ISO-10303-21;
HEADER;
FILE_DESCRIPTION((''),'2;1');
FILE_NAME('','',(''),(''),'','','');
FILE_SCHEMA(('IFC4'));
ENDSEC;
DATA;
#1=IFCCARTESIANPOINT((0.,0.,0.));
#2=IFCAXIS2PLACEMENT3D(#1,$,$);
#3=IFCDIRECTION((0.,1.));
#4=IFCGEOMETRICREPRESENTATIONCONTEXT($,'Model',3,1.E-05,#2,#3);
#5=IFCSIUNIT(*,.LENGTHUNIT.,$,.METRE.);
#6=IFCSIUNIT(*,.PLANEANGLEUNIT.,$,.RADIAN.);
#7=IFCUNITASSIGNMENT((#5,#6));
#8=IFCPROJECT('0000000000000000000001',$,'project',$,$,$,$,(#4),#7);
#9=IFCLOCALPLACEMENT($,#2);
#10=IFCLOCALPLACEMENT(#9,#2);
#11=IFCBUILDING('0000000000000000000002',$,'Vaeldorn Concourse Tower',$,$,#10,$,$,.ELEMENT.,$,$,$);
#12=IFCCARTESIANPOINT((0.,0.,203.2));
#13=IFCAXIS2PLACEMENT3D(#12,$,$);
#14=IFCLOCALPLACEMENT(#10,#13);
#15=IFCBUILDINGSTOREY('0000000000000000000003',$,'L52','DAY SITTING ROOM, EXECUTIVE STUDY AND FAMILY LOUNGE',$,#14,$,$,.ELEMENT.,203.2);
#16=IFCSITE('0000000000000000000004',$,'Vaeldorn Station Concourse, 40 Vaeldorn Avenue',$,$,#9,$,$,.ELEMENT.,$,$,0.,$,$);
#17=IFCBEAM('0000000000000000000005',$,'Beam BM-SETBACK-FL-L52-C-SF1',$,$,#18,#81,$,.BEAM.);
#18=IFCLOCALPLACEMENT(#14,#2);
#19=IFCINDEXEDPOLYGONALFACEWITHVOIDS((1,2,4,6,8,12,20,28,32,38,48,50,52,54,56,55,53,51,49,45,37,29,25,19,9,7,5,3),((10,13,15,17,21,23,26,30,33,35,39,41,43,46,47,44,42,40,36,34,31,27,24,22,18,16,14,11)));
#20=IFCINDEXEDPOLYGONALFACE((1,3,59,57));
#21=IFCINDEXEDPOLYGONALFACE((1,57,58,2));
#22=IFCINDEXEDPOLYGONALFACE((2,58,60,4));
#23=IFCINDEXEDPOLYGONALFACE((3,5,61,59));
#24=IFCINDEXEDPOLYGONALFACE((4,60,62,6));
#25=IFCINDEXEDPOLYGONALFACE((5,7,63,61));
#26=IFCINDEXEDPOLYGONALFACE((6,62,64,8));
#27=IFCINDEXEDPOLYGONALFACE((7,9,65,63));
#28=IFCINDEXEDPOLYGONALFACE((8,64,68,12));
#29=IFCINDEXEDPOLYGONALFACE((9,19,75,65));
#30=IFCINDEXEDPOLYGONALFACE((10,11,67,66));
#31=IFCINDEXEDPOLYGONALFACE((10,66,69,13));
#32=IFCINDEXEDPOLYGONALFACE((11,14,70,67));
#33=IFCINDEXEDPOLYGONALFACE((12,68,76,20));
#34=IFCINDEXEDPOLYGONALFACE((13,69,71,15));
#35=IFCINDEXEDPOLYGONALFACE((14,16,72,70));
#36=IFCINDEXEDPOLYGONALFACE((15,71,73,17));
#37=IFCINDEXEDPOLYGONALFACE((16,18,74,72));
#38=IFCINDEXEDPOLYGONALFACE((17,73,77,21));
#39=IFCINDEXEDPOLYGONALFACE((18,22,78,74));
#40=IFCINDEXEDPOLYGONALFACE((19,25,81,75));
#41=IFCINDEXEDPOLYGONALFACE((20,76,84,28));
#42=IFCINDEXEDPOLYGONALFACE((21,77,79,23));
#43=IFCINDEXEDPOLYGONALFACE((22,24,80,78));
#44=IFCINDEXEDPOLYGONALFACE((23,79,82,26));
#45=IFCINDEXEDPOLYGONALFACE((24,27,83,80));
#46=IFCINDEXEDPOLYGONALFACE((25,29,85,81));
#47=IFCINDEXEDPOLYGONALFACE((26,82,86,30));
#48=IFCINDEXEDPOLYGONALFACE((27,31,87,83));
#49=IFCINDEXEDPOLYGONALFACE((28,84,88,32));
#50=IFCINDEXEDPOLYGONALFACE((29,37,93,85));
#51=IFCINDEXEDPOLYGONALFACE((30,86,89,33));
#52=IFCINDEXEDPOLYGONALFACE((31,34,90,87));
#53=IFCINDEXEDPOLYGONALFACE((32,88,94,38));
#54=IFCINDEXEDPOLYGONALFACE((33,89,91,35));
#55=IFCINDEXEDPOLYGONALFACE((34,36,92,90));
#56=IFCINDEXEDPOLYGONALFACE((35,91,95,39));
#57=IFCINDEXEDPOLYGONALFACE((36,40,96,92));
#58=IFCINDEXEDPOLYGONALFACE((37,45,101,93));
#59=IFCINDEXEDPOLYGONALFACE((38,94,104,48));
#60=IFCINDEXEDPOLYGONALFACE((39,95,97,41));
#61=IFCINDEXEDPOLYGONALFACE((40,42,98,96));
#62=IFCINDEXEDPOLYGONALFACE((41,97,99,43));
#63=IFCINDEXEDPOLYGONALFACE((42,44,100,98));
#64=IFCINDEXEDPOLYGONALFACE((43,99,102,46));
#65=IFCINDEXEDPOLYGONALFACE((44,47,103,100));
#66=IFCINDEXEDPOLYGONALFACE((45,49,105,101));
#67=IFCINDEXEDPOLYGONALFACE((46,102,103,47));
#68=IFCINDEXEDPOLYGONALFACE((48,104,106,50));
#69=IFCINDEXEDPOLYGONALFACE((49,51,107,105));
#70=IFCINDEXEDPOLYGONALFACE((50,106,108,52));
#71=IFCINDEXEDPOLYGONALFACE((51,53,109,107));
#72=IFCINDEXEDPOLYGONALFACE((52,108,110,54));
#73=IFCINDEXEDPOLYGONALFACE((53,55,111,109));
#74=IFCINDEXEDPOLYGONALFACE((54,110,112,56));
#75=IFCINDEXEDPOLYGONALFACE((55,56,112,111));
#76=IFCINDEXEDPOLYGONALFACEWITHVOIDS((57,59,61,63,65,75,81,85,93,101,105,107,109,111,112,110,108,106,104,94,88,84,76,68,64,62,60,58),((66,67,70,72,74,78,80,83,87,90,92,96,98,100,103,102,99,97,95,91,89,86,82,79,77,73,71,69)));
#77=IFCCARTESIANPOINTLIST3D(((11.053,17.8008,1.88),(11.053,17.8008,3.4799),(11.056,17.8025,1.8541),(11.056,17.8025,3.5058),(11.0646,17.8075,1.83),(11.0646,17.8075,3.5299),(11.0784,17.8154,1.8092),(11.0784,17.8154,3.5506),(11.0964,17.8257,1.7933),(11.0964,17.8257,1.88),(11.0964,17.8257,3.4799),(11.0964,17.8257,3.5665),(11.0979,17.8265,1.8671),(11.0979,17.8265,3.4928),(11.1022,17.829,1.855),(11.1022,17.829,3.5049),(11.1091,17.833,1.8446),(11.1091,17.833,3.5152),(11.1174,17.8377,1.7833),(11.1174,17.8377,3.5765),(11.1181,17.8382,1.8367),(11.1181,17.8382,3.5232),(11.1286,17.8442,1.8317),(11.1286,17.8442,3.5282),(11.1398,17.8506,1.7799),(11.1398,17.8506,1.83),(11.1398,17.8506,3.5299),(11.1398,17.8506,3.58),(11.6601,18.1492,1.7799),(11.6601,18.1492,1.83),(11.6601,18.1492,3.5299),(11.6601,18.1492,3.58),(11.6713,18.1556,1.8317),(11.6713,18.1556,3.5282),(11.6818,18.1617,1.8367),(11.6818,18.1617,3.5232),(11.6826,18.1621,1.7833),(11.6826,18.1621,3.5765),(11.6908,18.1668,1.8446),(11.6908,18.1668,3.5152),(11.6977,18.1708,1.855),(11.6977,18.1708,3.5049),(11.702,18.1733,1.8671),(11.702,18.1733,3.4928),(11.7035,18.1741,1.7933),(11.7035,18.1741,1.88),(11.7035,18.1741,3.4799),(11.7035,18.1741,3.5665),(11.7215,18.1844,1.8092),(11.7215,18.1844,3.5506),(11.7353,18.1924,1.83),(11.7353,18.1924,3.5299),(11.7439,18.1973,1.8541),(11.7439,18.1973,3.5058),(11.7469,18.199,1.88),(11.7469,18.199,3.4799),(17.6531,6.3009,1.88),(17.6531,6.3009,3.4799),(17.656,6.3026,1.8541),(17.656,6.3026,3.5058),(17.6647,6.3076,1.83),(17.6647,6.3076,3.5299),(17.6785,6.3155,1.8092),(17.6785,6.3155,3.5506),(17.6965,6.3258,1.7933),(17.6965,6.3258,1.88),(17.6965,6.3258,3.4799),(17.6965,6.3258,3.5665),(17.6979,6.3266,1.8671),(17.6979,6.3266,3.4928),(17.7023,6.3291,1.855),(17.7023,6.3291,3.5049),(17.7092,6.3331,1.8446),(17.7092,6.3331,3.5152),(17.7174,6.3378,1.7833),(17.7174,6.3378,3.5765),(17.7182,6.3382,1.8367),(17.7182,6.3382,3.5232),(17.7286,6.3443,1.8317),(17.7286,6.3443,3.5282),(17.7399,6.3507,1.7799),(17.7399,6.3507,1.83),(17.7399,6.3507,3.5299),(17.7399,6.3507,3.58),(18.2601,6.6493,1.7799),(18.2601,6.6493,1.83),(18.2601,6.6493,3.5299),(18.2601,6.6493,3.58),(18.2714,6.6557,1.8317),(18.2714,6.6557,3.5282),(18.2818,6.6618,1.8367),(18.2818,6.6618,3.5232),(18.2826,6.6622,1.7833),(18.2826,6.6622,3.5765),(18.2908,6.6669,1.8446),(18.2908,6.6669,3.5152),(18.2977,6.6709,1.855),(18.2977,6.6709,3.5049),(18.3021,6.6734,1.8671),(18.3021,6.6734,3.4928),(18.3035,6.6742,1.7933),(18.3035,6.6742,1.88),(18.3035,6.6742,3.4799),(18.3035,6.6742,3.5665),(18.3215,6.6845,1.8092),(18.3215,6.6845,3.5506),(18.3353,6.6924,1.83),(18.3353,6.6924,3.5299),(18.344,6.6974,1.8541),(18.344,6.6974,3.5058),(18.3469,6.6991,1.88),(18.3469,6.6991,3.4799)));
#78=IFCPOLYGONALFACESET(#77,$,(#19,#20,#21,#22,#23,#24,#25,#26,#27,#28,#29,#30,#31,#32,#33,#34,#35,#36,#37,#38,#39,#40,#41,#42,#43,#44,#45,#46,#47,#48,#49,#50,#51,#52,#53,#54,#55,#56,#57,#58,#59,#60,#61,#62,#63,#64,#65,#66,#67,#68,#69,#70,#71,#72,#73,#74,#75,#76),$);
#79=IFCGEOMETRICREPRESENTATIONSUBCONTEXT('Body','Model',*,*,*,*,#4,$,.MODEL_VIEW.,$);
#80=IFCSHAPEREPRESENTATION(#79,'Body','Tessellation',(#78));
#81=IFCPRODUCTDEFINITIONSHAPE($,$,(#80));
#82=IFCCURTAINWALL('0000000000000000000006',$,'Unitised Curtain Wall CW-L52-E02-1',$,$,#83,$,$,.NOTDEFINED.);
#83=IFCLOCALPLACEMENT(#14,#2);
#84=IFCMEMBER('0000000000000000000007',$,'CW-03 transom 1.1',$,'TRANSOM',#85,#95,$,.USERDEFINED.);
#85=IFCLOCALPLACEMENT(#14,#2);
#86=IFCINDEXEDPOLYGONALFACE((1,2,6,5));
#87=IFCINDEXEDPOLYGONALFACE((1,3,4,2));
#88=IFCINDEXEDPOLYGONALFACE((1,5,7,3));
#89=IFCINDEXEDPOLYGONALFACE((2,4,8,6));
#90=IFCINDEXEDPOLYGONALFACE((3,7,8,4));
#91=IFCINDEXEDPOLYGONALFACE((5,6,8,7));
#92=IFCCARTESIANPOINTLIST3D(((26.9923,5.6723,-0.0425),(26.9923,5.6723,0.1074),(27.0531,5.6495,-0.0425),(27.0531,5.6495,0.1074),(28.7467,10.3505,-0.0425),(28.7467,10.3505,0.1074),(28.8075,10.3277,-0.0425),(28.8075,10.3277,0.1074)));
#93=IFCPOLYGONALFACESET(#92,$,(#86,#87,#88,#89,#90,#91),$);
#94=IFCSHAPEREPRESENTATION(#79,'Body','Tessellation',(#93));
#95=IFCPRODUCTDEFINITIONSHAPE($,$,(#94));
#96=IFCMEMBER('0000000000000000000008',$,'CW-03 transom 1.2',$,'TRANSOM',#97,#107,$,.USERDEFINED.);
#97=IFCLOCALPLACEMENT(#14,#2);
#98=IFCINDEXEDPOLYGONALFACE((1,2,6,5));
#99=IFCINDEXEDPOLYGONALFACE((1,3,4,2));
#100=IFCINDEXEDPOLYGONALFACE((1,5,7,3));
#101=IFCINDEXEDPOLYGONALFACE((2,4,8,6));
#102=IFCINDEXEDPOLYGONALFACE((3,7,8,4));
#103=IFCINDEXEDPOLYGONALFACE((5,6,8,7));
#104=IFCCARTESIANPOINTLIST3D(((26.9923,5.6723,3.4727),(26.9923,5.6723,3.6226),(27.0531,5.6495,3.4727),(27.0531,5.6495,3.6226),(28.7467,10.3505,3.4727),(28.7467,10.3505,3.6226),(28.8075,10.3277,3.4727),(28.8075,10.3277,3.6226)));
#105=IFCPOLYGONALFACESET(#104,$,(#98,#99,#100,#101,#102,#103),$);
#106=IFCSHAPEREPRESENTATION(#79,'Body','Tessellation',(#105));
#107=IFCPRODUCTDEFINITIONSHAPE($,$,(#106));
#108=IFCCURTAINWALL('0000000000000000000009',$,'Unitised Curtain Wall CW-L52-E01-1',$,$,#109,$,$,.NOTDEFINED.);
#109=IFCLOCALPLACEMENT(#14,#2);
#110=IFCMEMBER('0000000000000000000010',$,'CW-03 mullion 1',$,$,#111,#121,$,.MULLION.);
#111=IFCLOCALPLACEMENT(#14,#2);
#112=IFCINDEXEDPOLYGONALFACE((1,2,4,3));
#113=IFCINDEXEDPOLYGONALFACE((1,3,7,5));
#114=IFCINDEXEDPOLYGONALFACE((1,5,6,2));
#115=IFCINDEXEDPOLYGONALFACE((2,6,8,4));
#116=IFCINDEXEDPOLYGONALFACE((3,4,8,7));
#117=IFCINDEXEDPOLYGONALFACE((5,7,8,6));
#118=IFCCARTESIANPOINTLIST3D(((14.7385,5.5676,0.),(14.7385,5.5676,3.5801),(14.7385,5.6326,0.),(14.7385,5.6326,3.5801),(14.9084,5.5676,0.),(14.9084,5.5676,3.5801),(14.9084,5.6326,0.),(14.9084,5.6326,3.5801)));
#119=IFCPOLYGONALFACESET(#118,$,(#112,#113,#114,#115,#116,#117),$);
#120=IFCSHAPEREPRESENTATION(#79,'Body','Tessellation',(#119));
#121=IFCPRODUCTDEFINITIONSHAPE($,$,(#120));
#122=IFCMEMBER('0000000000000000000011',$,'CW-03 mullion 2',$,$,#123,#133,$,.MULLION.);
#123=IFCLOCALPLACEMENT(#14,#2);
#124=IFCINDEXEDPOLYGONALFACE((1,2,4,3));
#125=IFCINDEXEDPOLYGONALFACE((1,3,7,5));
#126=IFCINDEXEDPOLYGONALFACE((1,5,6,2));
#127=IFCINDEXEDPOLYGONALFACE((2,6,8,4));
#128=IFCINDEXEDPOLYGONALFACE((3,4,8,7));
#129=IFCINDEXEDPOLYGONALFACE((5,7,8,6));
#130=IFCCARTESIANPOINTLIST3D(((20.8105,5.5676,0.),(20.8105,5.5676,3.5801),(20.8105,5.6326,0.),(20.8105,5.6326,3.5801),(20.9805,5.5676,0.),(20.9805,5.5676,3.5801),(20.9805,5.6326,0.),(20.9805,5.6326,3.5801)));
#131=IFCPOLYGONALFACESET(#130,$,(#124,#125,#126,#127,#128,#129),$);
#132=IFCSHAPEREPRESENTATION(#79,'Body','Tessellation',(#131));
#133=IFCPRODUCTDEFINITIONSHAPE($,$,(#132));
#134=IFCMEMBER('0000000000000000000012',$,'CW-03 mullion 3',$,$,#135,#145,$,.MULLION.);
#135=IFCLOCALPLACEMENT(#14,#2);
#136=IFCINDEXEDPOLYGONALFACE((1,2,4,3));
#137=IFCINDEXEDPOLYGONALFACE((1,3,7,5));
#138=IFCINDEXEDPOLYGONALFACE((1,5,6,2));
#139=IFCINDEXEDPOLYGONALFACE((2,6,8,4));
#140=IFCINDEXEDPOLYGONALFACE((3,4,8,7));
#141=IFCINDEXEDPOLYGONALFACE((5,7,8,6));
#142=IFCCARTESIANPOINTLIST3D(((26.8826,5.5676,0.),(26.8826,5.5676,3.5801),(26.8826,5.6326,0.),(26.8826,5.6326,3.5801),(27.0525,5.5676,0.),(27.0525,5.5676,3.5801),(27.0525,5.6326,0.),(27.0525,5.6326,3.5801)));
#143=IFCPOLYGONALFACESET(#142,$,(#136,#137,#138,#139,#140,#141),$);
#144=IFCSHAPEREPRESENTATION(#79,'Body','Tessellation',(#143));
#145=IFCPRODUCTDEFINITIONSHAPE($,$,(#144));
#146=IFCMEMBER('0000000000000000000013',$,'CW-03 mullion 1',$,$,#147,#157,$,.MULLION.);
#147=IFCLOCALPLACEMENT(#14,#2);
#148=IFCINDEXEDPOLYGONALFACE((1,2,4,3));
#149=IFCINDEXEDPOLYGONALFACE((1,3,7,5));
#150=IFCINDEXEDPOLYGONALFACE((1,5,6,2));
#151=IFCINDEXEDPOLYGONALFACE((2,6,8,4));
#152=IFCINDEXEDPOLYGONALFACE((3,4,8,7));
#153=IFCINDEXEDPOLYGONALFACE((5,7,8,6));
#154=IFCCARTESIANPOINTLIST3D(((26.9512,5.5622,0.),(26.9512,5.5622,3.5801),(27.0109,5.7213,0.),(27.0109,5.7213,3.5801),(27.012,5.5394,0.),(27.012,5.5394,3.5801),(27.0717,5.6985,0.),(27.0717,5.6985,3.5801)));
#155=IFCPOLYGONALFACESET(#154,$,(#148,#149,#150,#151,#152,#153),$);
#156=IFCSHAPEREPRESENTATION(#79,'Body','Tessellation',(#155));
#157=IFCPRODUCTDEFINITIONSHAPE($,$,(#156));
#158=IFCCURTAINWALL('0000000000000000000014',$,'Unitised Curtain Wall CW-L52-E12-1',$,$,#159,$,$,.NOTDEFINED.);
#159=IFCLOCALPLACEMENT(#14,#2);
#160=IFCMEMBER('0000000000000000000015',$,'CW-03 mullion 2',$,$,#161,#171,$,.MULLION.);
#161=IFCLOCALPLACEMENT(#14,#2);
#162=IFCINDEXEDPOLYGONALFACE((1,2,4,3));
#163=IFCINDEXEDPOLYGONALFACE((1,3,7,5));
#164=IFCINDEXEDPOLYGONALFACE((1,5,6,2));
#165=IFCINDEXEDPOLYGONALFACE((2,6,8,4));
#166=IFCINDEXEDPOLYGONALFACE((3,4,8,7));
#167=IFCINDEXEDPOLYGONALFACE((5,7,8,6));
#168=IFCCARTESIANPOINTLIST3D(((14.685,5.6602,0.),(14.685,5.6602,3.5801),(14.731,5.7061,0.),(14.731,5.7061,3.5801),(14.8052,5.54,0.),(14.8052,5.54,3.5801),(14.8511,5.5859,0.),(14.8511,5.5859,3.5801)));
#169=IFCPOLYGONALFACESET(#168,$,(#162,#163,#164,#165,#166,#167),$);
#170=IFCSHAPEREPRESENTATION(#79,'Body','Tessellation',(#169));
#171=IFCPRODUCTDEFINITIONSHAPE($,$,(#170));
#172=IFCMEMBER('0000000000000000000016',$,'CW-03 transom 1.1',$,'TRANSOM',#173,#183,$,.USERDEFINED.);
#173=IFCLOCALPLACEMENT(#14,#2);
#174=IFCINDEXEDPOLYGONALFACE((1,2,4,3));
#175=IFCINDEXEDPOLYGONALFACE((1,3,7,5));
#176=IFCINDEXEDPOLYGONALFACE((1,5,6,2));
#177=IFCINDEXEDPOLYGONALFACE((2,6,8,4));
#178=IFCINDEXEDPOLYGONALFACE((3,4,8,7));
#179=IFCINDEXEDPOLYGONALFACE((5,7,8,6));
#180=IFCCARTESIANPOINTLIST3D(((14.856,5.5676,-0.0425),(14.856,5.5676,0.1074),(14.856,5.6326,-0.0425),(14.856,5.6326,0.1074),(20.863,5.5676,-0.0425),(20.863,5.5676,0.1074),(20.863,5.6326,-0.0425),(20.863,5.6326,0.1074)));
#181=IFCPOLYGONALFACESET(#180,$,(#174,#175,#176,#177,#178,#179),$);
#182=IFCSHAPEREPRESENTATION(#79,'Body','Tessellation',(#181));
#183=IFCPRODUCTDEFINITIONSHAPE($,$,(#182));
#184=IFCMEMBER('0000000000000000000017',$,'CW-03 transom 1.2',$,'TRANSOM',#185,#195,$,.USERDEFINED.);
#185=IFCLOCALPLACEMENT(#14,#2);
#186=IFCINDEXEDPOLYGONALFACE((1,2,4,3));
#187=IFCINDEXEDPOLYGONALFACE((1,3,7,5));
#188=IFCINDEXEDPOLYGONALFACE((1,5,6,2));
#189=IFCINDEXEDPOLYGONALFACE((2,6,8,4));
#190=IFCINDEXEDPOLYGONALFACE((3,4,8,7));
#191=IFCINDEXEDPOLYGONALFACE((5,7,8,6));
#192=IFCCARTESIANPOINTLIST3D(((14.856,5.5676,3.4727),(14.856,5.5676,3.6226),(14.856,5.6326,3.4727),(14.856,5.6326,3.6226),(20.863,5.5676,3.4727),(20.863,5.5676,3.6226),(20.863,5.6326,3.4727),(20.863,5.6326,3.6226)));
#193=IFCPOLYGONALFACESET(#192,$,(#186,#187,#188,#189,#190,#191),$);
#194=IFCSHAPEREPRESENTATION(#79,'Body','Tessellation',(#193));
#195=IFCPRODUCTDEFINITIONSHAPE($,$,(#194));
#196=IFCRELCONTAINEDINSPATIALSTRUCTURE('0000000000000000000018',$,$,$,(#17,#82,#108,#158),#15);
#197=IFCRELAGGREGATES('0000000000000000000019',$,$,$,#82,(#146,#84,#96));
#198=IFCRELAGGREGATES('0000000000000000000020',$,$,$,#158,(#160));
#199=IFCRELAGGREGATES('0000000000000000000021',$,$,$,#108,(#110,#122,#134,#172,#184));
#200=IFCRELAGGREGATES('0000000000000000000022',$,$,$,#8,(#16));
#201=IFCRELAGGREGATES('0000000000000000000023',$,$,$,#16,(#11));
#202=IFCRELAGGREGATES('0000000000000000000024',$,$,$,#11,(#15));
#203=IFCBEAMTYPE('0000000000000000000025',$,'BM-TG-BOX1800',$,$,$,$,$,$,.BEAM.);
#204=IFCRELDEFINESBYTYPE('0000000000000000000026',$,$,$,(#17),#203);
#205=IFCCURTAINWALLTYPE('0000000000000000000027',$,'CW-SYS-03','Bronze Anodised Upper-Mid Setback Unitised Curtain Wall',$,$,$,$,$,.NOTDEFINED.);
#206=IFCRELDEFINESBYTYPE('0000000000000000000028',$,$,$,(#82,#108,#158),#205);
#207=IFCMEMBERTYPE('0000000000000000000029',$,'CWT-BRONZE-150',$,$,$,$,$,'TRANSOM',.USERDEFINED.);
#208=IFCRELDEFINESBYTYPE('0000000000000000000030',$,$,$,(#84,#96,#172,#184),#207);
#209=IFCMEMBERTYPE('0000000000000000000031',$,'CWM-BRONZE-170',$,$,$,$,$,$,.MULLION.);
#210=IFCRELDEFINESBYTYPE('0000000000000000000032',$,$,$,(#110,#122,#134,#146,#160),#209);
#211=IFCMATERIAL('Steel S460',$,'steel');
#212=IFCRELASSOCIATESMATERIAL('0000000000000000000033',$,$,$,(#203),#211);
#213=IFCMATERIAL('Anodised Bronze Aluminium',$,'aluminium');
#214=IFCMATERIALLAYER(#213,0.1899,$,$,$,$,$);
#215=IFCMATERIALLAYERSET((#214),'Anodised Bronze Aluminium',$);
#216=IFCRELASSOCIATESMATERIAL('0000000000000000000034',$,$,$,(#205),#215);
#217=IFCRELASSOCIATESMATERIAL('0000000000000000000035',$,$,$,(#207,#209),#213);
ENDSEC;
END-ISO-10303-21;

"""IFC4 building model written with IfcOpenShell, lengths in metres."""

from ifc_helpers import new_model, si_unit, direction, frame, origin, origin_2d, place, context, subcontext, project, spatial, rectangle, hollow_rectangle, extrude, source, transform, mapped, material, layer, layer_set, material_profile, profile_set, type_object, element, aggregate, save


model = new_model("IFC4")

# Units and contexts
model_context = context("Model", 3, precision=1e-05, world=origin(), true_north=direction((0.0, 1.0)))
body_context = subcontext(model_context, "Body", "Model", "MODEL_VIEW")
ifc_project = project(units=[si_unit("LENGTHUNIT", "METRE"), si_unit("PLANEANGLEUNIT", "RADIAN")], contexts=[model_context])

# Site, building, storey
site_placement = place(None, origin())
site = spatial("IfcSite", under=ifc_project, at=site_placement, Name="Vaeldorn Station Concourse, 40 Vaeldorn Avenue", CompositionType="ELEMENT", RefElevation=0.0)
building_placement = place(site_placement, origin())
building = spatial("IfcBuilding", under=site, at=building_placement, Name="Vaeldorn Concourse Tower", CompositionType="ELEMENT")
storey_placement = place(building_placement, frame((0.0, 0.0, 203.2)))
storey = spatial("IfcBuildingStorey", under=building, at=storey_placement, Name="L52", Description="DAY SITTING ROOM, EXECUTIVE STUDY AND FAMILY LOUNGE", CompositionType="ELEMENT", Elevation=203.2)

# Beam
ifc_material_1 = material(Name="Steel S460", Category="steel")
ifc_material_profile_1 = material_profile(ifc_material_1, hollow_rectangle(XDim=0.8, YDim=1.8, WallThickness=0.05, InnerFilletRadius=0.05, OuterFilletRadius=0.1001, at=origin_2d()), Name="RHS 1800x800x50")
ifc_profile_set_1 = profile_set([ifc_material_profile_1], Name="Steel S460")
beam_type_1 = type_object("IfcBeamType", Name="BM-TG-BOX1800", PredefinedType="BEAM", material=ifc_profile_set_1)
shared_shape_1 = source(origin(), body_context, "Body", "SweptSolid", [
    extrude(hollow_rectangle(XDim=0.8, YDim=1.8, WallThickness=0.05, InnerFilletRadius=0.05, OuterFilletRadius=0.1001, at=origin_2d()), origin(), (0.0, 0.0, 1.0), 13.2593),
])
beam_1_placement = place(storey_placement, frame((18.0, 6.5, 2.6799), z_axis=(-0.497768, 0.86731, 0.0), x_axis=(-0.86731, -0.497768, 0.0)))
element("IfcBeam", 1, at=beam_1_placement, inside=storey, type_object=beam_type_1, Name="Beam BM-SETBACK-FL-L52-C-SF1", PredefinedType="BEAM", context=body_context, shape_type="MappedRepresentation", body=[
    mapped(shared_shape_1, transform((0.0, 0.0, 0.0), scale=1.0)),
])

# Curtain walls, members
ifc_material_2 = material(Name="Anodised Bronze Aluminium", Category="aluminium")
ifc_layer_1 = layer(ifc_material_2, 0.1899)
ifc_layer_set_1 = layer_set([ifc_layer_1], Name="Anodised Bronze Aluminium")
curtain_wall_type = type_object("IfcCurtainWallType", Name="CW-SYS-03", Description="Bronze Anodised Upper-Mid Setback Unitised Curtain Wall", PredefinedType="NOTDEFINED", material=ifc_layer_set_1)
curtain_wall_1_placement = place(storey_placement, origin())
curtain_wall_1 = element("IfcCurtainWall", 2, at=curtain_wall_1_placement, inside=storey, type_object=curtain_wall_type, Name="Unitised Curtain Wall CW-L52-E02-1", PredefinedType="NOTDEFINED")
ifc_material_profile_2 = material_profile(ifc_material_2, rectangle(XDim=0.0649, YDim=0.1499, at=origin_2d()), Name="CWT 65x150")
ifc_profile_set_2 = profile_set([ifc_material_profile_2], Name="Anodised Bronze Aluminium")
member_type_1 = type_object("IfcMemberType", Name="CWT-BRONZE-150", ElementType="TRANSOM", PredefinedType="USERDEFINED", material=ifc_profile_set_2)
shared_shape_2 = source(origin(), body_context, "Body", "SweptSolid", [
    extrude(rectangle(XDim=0.0649, YDim=0.1499, at=origin_2d()), origin(), (0.0, 0.0, 1.0), 4.9963),
])
member_1_placement = place(storey_placement, frame((27.0227, 5.6609, 0.0325), z_axis=(0.351134, 0.936325, 0.0), x_axis=(-0.936325, 0.351134, 0.0)))
member_1 = element("IfcMember", 3, at=member_1_placement, type_object=member_type_1, Name="CW-03 transom 1.1", ObjectType="TRANSOM", PredefinedType="USERDEFINED", context=body_context, shape_type="MappedRepresentation", body=[
    mapped(shared_shape_2, transform((0.0, 0.0, 0.0), scale=1.0)),
])
member_2_placement = place(storey_placement, frame((27.0227, 5.6609, 3.5476), z_axis=(0.351134, 0.936325, 0.0), x_axis=(-0.936325, 0.351134, 0.0)))
member_2 = element("IfcMember", 4, at=member_2_placement, type_object=member_type_1, Name="CW-03 transom 1.2", ObjectType="TRANSOM", PredefinedType="USERDEFINED", context=body_context, shape_type="MappedRepresentation", body=[
    mapped(shared_shape_2, transform((0.0, 0.0, 0.0), scale=1.0)),
])
curtain_wall_2_placement = place(storey_placement, origin())
curtain_wall_2 = element("IfcCurtainWall", 5, at=curtain_wall_2_placement, inside=storey, type_object=curtain_wall_type, Name="Unitised Curtain Wall CW-L52-E01-1", PredefinedType="NOTDEFINED")
ifc_material_profile_3 = material_profile(ifc_material_2, rectangle(XDim=0.0649, YDim=0.1699, at=origin_2d()), Name="CWM 65x170")
ifc_profile_set_3 = profile_set([ifc_material_profile_3], Name="Anodised Bronze Aluminium")
member_type_2 = type_object("IfcMemberType", Name="CWM-BRONZE-170", PredefinedType="MULLION", material=ifc_profile_set_3)
shared_shape_3 = source(origin(), body_context, "Body", "SweptSolid", [
    extrude(rectangle(XDim=0.0649, YDim=0.1699, at=origin_2d()), origin(), (0.0, 0.0, 1.0), 3.5801),
])
member_3_placement = place(storey_placement, frame((14.8235, 5.6001, 0.0), z_axis=(0.0, 0.0, 1.0), x_axis=(0.0, 1.0, 0.0)))
member_3 = element("IfcMember", 6, at=member_3_placement, type_object=member_type_2, Name="CW-03 mullion 1", PredefinedType="MULLION", context=body_context, shape_type="MappedRepresentation", body=[
    mapped(shared_shape_3, transform((0.0, 0.0, 0.0), scale=1.0)),
])
member_4_placement = place(storey_placement, frame((20.8955, 5.6001, 0.0), z_axis=(0.0, 0.0, 1.0), x_axis=(0.0, 1.0, 0.0)))
member_4 = element("IfcMember", 7, at=member_4_placement, type_object=member_type_2, Name="CW-03 mullion 2", PredefinedType="MULLION", context=body_context, shape_type="MappedRepresentation", body=[
    mapped(shared_shape_3, transform((0.0, 0.0, 0.0), scale=1.0)),
])
member_5_placement = place(storey_placement, frame((26.9675, 5.6001, 0.0), z_axis=(0.0, 0.0, 1.0), x_axis=(0.0, 1.0, 0.0)))
member_5 = element("IfcMember", 8, at=member_5_placement, type_object=member_type_2, Name="CW-03 mullion 3", PredefinedType="MULLION", context=body_context, shape_type="MappedRepresentation", body=[
    mapped(shared_shape_3, transform((0.0, 0.0, 0.0), scale=1.0)),
])

# Member
member_6_placement = place(storey_placement, frame((27.0115, 5.6304, 0.0), z_axis=(0.0, 0.0, 1.0), x_axis=(-0.936329, 0.351123, 0.0)))
member_6 = element("IfcMember", 9, at=member_6_placement, type_object=member_type_2, Name="CW-03 mullion 1", PredefinedType="MULLION", context=body_context, shape_type="MappedRepresentation", body=[
    mapped(shared_shape_3, transform((0.0, 0.0, 0.0), scale=1.0)),
])
aggregate(curtain_wall_1, [member_6, member_1, member_2])

# Curtain wall, member
curtain_wall_3_placement = place(storey_placement, origin())
curtain_wall_3 = element("IfcCurtainWall", 10, at=curtain_wall_3_placement, inside=storey, type_object=curtain_wall_type, Name="Unitised Curtain Wall CW-L52-E12-1", PredefinedType="NOTDEFINED")
member_7_placement = place(storey_placement, frame((14.7681, 5.623, 0.0), z_axis=(0.0, 0.0, 1.0), x_axis=(0.707107, 0.707107, 0.0)))
member_7 = element("IfcMember", 11, at=member_7_placement, type_object=member_type_2, Name="CW-03 mullion 2", PredefinedType="MULLION", context=body_context, shape_type="MappedRepresentation", body=[
    mapped(shared_shape_3, transform((0.0, 0.0, 0.0), scale=1.0)),
])
aggregate(curtain_wall_3, [member_7])

# Members
shared_shape_4 = source(origin(), body_context, "Body", "SweptSolid", [
    extrude(rectangle(XDim=0.0649, YDim=0.1499, at=origin_2d()), origin(), (0.0, 0.0, 1.0), 6.0071),
])
member_8_placement = place(storey_placement, frame((14.856, 5.6001, 0.0325), z_axis=(1.0, 0.0, 0.0), x_axis=(0.0, 1.0, 0.0)))
member_8 = element("IfcMember", 12, at=member_8_placement, type_object=member_type_1, Name="CW-03 transom 1.1", ObjectType="TRANSOM", PredefinedType="USERDEFINED", context=body_context, shape_type="MappedRepresentation", body=[
    mapped(shared_shape_4, transform((0.0, 0.0, 0.0), scale=1.0)),
])
member_9_placement = place(storey_placement, frame((14.856, 5.6001, 3.5476), z_axis=(1.0, 0.0, 0.0), x_axis=(0.0, 1.0, 0.0)))
member_9 = element("IfcMember", 13, at=member_9_placement, type_object=member_type_1, Name="CW-03 transom 1.2", ObjectType="TRANSOM", PredefinedType="USERDEFINED", context=body_context, shape_type="MappedRepresentation", body=[
    mapped(shared_shape_4, transform((0.0, 0.0, 0.0), scale=1.0)),
])

aggregate(curtain_wall_2, [member_3, member_4, member_5, member_8, member_9])

save(model, "model.ifc")
